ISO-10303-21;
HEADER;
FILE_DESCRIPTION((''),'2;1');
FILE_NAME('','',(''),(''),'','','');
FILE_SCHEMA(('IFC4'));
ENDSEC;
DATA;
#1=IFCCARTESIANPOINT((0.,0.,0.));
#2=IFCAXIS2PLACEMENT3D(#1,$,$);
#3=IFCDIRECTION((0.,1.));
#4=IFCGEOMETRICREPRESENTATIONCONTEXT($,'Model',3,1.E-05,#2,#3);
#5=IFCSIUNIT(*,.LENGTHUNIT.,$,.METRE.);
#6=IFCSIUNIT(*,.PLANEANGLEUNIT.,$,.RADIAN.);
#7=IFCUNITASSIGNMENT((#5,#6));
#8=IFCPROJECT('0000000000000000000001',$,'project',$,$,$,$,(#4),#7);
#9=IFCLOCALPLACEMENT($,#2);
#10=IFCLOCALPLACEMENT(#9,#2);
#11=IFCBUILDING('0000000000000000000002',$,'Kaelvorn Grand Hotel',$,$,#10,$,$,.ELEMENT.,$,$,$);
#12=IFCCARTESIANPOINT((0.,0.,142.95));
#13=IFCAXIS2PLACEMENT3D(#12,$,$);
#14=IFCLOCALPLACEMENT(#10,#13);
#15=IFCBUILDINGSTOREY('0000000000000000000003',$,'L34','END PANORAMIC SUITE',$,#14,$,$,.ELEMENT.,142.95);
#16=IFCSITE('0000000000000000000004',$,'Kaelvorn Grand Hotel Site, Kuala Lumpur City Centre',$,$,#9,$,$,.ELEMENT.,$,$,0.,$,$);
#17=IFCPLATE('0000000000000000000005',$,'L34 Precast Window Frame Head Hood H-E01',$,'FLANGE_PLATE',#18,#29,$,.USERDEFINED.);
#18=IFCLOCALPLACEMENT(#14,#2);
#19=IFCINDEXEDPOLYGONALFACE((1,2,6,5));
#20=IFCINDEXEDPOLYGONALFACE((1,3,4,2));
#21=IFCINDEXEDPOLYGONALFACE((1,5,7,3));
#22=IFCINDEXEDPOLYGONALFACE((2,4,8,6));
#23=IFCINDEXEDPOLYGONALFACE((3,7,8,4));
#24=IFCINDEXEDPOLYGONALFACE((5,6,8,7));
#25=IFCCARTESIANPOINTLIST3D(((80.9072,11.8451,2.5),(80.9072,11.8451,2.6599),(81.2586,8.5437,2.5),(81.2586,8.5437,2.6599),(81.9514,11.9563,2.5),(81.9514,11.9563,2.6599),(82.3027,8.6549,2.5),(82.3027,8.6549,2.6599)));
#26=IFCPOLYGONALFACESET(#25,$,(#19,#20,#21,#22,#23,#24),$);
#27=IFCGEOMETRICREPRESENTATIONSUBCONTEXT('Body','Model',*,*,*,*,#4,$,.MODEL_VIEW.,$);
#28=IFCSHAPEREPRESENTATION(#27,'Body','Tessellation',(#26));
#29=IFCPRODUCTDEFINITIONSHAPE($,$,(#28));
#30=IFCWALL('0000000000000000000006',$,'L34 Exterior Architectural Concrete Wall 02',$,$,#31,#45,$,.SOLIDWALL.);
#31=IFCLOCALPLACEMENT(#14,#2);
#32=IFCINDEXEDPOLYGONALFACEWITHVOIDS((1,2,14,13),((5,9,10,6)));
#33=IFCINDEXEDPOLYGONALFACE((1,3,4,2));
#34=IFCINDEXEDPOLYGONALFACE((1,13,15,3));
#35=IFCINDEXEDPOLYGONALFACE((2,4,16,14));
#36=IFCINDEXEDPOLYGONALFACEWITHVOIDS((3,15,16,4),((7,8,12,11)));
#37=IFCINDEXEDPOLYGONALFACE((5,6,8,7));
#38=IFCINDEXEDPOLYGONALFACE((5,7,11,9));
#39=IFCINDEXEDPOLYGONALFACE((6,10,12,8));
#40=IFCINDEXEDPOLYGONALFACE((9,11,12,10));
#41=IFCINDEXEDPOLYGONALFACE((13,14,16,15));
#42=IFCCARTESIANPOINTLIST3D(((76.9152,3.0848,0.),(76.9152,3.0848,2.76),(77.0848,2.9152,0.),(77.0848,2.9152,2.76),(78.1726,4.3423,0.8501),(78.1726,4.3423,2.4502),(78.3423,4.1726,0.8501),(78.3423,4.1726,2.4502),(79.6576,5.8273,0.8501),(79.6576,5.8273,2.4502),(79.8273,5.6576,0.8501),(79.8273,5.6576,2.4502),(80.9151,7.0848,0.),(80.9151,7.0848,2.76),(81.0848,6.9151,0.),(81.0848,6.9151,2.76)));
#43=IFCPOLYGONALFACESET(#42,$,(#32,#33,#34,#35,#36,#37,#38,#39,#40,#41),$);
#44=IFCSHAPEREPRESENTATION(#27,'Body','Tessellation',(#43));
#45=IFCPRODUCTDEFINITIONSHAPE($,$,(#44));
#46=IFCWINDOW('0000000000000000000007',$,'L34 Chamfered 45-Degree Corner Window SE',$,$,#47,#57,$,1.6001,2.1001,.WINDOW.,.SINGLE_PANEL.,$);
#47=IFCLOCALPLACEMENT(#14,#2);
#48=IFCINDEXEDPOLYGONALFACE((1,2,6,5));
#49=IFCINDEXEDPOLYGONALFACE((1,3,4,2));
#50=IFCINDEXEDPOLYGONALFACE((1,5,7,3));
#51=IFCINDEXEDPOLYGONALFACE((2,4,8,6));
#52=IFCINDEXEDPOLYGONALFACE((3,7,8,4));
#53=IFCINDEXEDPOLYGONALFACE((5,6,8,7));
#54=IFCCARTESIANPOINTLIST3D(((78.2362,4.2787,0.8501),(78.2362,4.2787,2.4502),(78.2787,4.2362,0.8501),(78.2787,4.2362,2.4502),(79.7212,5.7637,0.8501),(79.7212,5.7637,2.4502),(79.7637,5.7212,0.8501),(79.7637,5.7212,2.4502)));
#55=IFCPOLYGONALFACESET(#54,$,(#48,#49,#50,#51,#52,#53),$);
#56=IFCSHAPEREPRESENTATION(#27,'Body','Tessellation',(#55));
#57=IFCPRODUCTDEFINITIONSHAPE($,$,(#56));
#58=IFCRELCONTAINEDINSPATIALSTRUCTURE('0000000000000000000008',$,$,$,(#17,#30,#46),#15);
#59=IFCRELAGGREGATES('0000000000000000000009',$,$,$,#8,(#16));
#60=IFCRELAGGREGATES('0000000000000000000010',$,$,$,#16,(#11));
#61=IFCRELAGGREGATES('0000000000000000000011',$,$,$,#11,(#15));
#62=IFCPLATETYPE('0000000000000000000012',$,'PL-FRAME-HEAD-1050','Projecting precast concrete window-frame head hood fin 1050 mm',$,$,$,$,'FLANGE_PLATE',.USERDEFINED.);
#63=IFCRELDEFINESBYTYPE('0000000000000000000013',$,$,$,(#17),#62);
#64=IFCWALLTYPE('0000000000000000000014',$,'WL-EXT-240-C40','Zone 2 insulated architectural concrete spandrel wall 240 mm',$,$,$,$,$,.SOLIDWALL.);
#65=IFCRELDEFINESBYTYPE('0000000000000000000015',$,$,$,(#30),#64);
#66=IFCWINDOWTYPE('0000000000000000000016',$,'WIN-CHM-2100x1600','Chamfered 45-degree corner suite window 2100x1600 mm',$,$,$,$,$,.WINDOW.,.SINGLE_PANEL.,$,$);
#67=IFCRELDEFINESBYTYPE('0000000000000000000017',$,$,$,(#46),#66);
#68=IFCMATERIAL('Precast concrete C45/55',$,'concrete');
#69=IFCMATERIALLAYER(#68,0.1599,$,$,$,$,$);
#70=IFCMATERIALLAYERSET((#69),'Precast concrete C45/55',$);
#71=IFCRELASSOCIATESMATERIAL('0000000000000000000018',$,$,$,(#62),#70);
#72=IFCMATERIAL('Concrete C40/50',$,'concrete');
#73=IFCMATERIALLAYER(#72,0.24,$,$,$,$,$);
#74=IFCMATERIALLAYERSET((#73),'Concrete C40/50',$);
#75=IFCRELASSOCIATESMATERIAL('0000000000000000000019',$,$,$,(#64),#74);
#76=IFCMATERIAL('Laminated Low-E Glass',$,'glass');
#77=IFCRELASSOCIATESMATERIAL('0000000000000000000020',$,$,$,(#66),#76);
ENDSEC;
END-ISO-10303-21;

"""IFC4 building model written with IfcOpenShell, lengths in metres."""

from ifc_helpers import new_model, si_unit, direction, frame, frame_2d, origin, origin_2d, place, context, subcontext, project, spatial, rectangle, extrude, material, layer, layer_set, type_object, element, fill, save


model = new_model("IFC4")

# Units and contexts
model_context = context("Model", 3, precision=1e-05, world=origin(), true_north=direction((0.0, 1.0)))
body_context = subcontext(model_context, "Body", "Model", "MODEL_VIEW")
ifc_project = project(units=[si_unit("LENGTHUNIT", "METRE"), si_unit("PLANEANGLEUNIT", "RADIAN")], contexts=[model_context])

# Site, building, storey
site_placement = place(None, origin())
site = spatial("IfcSite", under=ifc_project, at=site_placement, Name="Kaelvorn Grand Hotel Site, Kuala Lumpur City Centre", CompositionType="ELEMENT", RefElevation=0.0)
building_placement = place(site_placement, origin())
building = spatial("IfcBuilding", under=site, at=building_placement, Name="Kaelvorn Grand Hotel", CompositionType="ELEMENT")
storey_placement = place(building_placement, frame((0.0, 0.0, 142.95)))
storey = spatial("IfcBuildingStorey", under=building, at=storey_placement, Name="L34", Description="END PANORAMIC SUITE", CompositionType="ELEMENT", Elevation=142.95)

# Shared definitions
ifc_material_1 = material(Name="Concrete C40/50", Category="concrete")

# Plate
ifc_material_2 = material(Name="Precast concrete C45/55", Category="concrete")
ifc_layer_1 = layer(ifc_material_2, 0.1599)
ifc_layer_set_1 = layer_set([ifc_layer_1], Name="Precast concrete C45/55")
plate_type_1 = type_object("IfcPlateType", Name="PL-FRAME-HEAD-1050", Description="Projecting precast concrete window-frame head hood fin 1050 mm", ElementType="FLANGE_PLATE", PredefinedType="USERDEFINED", material=ifc_layer_set_1)
plate_1_placement = place(storey_placement, frame((81.605, 10.25, 2.5), z_axis=(0.0, 0.0, 1.0), x_axis=(-0.10583, 0.994384, 0.0)))
element("IfcPlate", 1, at=plate_1_placement, inside=storey, type_object=plate_type_1, Name="L34 Precast Window Frame Head Hood H-E01", ObjectType="FLANGE_PLATE", PredefinedType="USERDEFINED", context=body_context, shape_type="SweptSolid", body=[
    extrude(rectangle(XDim=3.3201, YDim=1.05, at=origin_2d()), origin(), (0.0, 0.0, 1.0), 0.1599),
])

# Wall, opening, window
ifc_layer_2 = layer(ifc_material_1, 0.24)
ifc_layer_set_2 = layer_set([ifc_layer_2], Name="Concrete C40/50")
wall_type_1 = type_object("IfcWallType", Name="WL-EXT-240-C40", Description="Zone 2 insulated architectural concrete spandrel wall 240 mm", PredefinedType="SOLIDWALL", material=ifc_layer_set_2)
wall_1_placement = place(storey_placement, frame((77.0, 3.0, 0.0), z_axis=(0.0, 0.0, 1.0), x_axis=(0.707107, 0.707107, 0.0)))
wall_1 = element("IfcWall", 2, at=wall_1_placement, inside=storey, type_object=wall_type_1, Name="L34 Exterior Architectural Concrete Wall 02", PredefinedType="SOLIDWALL", context=body_context, shape_type="SweptSolid", body=[
    extrude(rectangle(XDim=5.6567, YDim=0.24, at=frame_2d((2.8284, 0.0))), origin(), (0.0, 0.0, 1.0), 2.76),
])
opening_1_placement = place(wall_1_placement, frame((1.7783, 0.0, 0.8501)))
opening_1 = element("IfcOpeningElement", 3, at=opening_1_placement, cuts=wall_1, PredefinedType="OPENING", context=body_context, shape_type="SweptSolid", body=[
    extrude(rectangle(XDim=2.1001, YDim=1.6001, at=frame_2d((1.05, 0.8))), frame((0.0, 0.1299, 0.0), z_axis=(0.0, -1.0, 0.0), x_axis=(1.0, 0.0, 0.0)), (0.0, 0.0, 1.0), 0.26),
])
ifc_material_3 = material(Name="Laminated Low-E Glass", Category="glass")
window_type_1 = type_object("IfcWindowType", Name="WIN-CHM-2100x1600", Description="Chamfered 45-degree corner suite window 2100x1600 mm", PartitioningType="SINGLE_PANEL", PredefinedType="WINDOW", material=ifc_material_3)
window_1_placement = place(opening_1_placement, origin())
window_1 = element("IfcWindow", 4, at=window_1_placement, inside=storey, type_object=window_type_1, Name="L34 Chamfered 45-Degree Corner Window SE", OverallHeight=1.6001, OverallWidth=2.1001, PartitioningType="SINGLE_PANEL", PredefinedType="WINDOW", context=body_context, shape_type="SweptSolid", body=[
    extrude(rectangle(XDim=2.1001, YDim=1.6001, at=frame_2d((1.05, 0.8))), frame((0.0, 0.03, 0.0), z_axis=(0.0, -1.0, 0.0), x_axis=(1.0, 0.0, 0.0)), (0.0, 0.0, 1.0), 0.0601),
])
fill(opening_1, window_1)

save(model, "model.ifc")
